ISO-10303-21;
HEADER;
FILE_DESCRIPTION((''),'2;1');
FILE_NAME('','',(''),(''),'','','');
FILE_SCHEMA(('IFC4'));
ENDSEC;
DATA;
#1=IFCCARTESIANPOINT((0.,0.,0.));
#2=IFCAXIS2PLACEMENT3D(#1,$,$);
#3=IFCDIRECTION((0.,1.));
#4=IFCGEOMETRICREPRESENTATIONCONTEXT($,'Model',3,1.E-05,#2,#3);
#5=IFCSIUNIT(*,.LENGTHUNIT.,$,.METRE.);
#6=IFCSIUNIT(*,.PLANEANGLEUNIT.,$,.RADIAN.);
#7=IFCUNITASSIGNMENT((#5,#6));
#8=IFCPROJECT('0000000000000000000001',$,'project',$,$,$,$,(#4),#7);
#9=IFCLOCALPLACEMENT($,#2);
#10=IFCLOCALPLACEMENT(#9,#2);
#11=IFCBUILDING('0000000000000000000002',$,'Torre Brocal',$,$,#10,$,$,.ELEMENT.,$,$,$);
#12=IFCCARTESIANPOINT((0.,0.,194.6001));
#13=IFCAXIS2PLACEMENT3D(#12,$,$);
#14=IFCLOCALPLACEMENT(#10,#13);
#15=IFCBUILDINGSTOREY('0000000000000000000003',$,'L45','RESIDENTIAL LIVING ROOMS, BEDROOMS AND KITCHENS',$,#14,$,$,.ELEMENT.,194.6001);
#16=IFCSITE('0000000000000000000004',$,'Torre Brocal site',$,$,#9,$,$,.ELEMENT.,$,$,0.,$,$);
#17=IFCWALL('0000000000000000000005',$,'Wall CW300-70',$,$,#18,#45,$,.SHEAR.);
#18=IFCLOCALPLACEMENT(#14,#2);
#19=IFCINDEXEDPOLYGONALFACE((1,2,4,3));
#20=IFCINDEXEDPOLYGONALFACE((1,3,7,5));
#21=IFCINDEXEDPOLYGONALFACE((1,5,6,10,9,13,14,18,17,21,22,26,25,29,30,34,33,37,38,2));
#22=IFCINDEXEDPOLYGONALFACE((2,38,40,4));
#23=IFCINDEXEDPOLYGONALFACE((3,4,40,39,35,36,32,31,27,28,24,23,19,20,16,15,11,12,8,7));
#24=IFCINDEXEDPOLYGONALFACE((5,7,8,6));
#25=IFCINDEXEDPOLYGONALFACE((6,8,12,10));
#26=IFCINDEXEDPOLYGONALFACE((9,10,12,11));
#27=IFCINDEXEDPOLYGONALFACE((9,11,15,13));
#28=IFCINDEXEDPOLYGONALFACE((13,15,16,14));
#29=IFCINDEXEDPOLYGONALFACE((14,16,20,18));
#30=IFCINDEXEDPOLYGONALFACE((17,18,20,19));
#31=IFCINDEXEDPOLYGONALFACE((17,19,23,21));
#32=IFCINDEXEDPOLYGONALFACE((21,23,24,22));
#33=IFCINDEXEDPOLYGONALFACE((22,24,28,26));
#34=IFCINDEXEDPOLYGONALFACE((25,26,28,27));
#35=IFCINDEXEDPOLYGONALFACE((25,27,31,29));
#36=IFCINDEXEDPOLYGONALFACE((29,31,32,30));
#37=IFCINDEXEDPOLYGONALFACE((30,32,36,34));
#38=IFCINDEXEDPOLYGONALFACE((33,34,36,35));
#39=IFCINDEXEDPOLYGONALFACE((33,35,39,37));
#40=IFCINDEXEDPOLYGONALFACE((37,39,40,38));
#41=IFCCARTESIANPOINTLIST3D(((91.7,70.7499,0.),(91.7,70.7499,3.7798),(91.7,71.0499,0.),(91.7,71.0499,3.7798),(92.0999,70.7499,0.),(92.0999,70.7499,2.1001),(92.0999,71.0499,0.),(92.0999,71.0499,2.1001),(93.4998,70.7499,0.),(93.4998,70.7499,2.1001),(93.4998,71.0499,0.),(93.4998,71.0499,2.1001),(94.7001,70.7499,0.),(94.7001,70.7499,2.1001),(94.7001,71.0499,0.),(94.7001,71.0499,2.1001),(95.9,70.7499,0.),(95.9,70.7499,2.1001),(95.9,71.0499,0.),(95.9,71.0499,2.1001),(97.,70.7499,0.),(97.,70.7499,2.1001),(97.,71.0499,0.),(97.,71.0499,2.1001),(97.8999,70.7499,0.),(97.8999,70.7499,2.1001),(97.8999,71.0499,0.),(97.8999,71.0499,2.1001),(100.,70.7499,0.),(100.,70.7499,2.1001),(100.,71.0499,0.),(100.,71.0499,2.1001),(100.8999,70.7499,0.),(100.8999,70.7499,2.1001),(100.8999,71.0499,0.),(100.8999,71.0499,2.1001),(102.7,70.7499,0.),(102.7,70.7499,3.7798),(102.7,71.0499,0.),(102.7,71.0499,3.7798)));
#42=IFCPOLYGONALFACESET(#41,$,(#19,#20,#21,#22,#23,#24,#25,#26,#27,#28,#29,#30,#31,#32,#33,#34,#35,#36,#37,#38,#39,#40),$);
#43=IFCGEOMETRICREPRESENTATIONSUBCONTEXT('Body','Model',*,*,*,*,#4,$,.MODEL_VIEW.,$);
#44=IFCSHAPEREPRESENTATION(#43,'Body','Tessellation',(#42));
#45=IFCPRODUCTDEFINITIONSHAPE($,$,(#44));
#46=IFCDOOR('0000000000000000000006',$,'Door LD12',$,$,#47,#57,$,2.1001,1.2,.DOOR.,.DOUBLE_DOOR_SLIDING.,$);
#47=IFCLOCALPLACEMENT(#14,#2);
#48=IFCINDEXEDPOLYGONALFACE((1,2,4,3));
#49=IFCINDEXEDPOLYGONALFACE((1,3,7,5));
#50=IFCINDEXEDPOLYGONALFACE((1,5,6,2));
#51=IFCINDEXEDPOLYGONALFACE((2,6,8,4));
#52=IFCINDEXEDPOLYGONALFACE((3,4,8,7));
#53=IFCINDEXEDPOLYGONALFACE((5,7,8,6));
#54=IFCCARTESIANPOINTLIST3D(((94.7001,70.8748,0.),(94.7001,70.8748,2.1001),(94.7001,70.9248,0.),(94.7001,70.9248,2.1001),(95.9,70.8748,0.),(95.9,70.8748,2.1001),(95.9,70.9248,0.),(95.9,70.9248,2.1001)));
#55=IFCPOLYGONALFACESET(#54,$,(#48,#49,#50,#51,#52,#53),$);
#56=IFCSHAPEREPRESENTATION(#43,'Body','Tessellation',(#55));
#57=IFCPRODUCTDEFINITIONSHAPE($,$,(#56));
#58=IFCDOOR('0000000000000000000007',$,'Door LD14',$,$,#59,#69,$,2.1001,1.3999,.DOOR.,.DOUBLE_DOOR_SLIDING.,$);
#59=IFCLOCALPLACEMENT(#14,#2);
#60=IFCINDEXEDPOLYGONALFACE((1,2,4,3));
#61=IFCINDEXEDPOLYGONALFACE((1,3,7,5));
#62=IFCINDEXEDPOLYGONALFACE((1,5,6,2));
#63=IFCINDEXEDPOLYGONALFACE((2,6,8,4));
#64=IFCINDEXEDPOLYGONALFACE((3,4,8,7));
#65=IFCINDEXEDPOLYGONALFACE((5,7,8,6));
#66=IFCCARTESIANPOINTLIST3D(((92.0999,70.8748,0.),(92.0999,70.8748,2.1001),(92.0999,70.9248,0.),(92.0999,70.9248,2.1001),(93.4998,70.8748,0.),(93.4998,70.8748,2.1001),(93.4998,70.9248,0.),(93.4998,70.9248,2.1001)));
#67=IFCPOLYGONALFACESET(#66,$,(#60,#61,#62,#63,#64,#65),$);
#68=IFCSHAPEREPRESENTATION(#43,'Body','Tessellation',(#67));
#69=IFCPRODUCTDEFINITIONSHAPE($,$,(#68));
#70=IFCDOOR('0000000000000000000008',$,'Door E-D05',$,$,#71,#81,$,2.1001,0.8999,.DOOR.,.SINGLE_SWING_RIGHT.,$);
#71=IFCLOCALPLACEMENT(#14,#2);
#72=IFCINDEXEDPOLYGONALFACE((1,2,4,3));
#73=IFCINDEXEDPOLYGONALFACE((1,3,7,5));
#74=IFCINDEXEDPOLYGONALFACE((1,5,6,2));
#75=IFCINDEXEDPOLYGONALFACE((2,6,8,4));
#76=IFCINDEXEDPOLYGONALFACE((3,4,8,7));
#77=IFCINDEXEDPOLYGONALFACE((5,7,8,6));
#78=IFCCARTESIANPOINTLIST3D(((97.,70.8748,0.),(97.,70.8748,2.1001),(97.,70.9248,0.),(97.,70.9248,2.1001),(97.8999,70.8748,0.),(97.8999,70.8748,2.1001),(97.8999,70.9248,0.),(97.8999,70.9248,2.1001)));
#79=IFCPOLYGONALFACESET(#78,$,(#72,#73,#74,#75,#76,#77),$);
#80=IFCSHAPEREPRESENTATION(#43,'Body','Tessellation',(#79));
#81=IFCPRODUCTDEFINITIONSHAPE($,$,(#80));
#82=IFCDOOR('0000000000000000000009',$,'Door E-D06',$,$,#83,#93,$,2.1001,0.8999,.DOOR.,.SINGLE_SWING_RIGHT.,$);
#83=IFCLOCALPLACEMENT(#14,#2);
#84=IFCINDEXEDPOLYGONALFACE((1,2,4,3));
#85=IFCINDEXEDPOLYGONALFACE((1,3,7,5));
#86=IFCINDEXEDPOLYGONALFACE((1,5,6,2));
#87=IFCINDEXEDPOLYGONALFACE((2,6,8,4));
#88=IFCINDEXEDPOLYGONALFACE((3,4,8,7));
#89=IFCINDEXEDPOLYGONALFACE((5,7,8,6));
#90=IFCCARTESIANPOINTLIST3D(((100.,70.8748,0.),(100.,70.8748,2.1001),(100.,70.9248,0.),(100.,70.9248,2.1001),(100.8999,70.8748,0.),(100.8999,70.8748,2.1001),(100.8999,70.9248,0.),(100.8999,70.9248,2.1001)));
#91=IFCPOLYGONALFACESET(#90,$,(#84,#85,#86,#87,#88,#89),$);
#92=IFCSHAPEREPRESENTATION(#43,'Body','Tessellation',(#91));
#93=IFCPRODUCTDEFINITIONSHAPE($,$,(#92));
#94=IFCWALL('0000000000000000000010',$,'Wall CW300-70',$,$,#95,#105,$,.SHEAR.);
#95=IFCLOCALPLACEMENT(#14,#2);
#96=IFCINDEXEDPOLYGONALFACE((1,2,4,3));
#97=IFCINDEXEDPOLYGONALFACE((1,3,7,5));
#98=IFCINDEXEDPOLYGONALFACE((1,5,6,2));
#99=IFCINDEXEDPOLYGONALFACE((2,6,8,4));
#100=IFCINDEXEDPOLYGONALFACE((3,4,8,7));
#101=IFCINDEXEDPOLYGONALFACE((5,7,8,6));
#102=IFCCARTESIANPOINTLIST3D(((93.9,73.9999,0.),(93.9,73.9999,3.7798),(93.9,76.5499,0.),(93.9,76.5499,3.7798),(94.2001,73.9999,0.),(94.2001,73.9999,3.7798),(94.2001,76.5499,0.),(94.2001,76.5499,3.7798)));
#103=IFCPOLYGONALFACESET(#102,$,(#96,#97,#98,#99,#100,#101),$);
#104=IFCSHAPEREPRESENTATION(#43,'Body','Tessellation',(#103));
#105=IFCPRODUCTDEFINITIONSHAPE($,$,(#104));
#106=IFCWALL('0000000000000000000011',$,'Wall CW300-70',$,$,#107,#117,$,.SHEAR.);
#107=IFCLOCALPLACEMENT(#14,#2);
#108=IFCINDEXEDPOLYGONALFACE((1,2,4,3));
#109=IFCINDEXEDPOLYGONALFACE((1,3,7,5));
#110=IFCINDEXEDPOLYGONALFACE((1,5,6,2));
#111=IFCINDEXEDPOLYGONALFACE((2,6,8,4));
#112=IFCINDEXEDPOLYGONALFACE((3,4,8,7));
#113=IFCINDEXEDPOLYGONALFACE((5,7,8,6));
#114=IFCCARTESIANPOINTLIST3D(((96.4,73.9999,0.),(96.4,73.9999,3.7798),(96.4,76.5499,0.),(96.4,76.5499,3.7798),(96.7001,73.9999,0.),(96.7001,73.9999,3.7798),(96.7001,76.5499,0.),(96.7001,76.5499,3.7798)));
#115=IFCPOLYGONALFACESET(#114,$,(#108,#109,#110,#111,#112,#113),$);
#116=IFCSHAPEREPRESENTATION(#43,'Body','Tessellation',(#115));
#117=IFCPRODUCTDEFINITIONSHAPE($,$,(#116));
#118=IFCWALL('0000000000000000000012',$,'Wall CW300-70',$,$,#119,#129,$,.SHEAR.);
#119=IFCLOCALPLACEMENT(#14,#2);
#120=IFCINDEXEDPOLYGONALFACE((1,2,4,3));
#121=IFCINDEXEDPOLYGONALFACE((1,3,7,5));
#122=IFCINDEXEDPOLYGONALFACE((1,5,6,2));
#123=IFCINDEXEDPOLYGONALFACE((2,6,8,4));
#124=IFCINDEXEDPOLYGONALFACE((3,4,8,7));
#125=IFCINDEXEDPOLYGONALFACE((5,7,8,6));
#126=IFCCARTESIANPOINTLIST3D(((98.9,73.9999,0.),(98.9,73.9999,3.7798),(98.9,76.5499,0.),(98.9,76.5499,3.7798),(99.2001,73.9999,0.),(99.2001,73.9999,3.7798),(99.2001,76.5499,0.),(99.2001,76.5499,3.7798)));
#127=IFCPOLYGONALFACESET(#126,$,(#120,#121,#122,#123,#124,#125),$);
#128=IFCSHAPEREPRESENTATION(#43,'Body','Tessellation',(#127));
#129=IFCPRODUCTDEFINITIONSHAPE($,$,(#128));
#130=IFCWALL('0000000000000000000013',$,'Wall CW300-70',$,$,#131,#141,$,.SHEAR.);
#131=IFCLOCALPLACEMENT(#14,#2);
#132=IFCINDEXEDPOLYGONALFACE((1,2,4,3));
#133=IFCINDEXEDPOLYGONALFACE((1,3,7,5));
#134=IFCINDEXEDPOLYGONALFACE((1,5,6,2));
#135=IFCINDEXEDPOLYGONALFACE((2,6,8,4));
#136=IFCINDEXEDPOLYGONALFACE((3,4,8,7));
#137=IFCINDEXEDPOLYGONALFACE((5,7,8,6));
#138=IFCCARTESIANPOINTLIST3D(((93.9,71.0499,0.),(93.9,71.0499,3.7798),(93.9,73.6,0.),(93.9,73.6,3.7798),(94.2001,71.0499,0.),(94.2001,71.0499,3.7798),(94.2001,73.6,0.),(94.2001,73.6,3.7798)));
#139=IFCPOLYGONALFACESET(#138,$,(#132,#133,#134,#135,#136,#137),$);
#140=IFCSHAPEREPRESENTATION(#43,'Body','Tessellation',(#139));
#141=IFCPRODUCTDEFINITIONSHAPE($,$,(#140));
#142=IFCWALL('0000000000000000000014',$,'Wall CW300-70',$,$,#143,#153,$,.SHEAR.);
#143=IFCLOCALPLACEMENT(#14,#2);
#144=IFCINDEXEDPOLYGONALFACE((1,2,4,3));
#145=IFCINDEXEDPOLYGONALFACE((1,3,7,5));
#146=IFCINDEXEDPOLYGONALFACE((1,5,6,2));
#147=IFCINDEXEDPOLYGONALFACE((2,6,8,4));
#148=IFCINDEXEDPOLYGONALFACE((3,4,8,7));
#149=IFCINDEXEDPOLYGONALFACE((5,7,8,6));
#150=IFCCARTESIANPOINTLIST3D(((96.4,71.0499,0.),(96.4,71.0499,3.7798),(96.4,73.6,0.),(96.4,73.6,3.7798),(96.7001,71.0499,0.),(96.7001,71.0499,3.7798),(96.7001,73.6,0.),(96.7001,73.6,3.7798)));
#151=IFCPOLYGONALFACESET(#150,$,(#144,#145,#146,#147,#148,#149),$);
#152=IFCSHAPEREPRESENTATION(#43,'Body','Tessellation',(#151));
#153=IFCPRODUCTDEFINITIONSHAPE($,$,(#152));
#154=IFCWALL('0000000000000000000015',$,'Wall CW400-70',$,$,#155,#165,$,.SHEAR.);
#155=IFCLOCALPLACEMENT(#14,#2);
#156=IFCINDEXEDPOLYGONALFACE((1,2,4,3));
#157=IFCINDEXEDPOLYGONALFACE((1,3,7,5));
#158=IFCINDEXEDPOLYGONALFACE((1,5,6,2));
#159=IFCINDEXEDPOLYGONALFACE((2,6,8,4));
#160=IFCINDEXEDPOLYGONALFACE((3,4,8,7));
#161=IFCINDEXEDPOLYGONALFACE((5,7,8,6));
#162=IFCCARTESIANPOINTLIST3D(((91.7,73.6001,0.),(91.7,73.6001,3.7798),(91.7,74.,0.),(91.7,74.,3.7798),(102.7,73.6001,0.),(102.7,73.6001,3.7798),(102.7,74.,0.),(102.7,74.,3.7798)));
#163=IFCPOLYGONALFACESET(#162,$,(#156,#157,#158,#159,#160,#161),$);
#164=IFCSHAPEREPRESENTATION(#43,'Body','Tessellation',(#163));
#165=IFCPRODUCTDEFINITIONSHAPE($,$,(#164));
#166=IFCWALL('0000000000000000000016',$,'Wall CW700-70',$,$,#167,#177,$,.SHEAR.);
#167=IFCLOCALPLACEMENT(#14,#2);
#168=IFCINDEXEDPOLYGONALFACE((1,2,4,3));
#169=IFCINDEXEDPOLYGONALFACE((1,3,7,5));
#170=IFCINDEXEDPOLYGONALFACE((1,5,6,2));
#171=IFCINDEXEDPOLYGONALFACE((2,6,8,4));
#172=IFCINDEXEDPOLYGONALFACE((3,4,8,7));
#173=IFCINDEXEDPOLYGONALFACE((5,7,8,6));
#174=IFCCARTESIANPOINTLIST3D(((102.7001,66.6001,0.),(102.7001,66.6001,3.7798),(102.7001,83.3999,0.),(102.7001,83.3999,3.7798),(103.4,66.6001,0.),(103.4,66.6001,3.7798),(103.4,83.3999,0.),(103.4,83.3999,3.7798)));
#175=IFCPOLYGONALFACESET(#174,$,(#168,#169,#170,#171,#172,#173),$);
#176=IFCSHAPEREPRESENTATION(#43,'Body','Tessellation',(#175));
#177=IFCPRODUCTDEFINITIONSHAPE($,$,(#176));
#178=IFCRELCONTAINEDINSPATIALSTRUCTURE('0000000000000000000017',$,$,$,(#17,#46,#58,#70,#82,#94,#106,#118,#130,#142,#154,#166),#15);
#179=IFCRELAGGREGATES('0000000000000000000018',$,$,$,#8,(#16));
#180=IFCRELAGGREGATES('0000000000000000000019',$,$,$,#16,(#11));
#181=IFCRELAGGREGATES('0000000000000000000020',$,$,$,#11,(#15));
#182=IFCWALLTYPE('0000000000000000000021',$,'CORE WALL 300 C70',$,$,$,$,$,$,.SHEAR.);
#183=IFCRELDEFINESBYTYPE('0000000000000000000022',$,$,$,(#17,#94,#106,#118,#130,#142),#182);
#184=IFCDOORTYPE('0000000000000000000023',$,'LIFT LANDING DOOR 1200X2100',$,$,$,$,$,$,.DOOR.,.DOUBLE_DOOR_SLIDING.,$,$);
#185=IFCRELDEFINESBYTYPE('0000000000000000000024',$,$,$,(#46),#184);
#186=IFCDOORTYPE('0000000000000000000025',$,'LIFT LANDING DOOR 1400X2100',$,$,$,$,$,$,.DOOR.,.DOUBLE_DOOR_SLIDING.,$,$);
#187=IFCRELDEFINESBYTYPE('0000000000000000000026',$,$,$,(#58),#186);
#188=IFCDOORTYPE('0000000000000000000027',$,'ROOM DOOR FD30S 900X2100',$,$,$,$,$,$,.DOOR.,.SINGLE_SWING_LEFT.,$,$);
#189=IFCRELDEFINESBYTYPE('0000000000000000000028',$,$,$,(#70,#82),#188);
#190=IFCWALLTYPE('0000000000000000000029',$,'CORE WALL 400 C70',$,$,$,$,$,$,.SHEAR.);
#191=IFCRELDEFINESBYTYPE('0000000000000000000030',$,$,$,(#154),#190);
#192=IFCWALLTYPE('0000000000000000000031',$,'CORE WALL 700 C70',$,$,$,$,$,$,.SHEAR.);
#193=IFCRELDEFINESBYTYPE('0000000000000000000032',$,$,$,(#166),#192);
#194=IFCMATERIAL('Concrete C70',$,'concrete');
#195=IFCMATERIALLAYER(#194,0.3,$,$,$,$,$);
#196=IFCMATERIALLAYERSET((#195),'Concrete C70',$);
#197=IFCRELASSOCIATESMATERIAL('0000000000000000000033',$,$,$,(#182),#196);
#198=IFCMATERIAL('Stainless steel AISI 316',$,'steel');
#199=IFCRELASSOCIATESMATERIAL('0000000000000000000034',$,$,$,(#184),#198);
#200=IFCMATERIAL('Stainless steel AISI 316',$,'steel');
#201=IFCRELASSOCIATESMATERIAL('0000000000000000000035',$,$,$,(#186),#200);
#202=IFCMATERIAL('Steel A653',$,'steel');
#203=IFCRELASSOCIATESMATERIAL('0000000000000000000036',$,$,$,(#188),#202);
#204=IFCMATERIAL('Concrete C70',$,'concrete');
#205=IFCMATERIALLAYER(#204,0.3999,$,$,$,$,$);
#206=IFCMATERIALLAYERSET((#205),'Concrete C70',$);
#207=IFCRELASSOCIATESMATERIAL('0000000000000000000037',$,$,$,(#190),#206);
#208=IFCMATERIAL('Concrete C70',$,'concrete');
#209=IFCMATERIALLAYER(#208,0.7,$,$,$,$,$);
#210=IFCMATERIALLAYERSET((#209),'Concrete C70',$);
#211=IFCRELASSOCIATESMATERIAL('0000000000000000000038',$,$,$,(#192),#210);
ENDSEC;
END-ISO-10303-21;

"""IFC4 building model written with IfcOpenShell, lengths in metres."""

from ifc_helpers import new_model, si_unit, direction, frame, frame_2d, origin, place, context, subcontext, project, spatial, rectangle, extrude, material, layer, layer_set, type_object, element, fill, save


model = new_model("IFC4")

# Units and contexts
model_context = context("Model", 3, precision=1e-05, world=origin(), true_north=direction((0.0, 1.0)))
body_context = subcontext(model_context, "Body", "Model", "MODEL_VIEW")
ifc_project = project(units=[si_unit("LENGTHUNIT", "METRE"), si_unit("PLANEANGLEUNIT", "RADIAN")], contexts=[model_context])

# Site, building, storey
site_placement = place(None, origin())
site = spatial("IfcSite", under=ifc_project, at=site_placement, Name="Torre Brocal site", CompositionType="ELEMENT", RefElevation=0.0)
building_placement = place(site_placement, origin())
building = spatial("IfcBuilding", under=site, at=building_placement, Name="Torre Brocal", CompositionType="ELEMENT")
storey_placement = place(building_placement, frame((0.0, 0.0, 194.6001)))
storey = spatial("IfcBuildingStorey", under=building, at=storey_placement, Name="L45", Description="RESIDENTIAL LIVING ROOMS, BEDROOMS AND KITCHENS", CompositionType="ELEMENT", Elevation=194.6001)

# Shared definitions
ifc_material_1 = material(Name="Concrete C70", Category="concrete")
ifc_layer_1 = layer(ifc_material_1, 0.3)
ifc_layer_set_1 = layer_set([ifc_layer_1], Name="Concrete C70")
wall_type_1 = type_object("IfcWallType", Name="CORE WALL 300 C70", PredefinedType="SHEAR", material=ifc_layer_set_1)

# Wall, openings, doors
wall_1_placement = place(storey_placement, frame((91.7, 70.8999, 0.0), z_axis=(0.0, 0.0, 1.0), x_axis=(1.0, 0.0, 0.0)))
wall_1 = element("IfcWall", 1, at=wall_1_placement, inside=storey, type_object=wall_type_1, Name="Wall CW300-70", PredefinedType="SHEAR", context=body_context, shape_type="SweptSolid", body=[
    extrude(rectangle(XDim=11.0, YDim=0.3, at=frame_2d((5.5, 0.0))), origin(), (0.0, 0.0, 1.0), 3.7798),
])
opening_1_placement = place(wall_1_placement, frame((0.3999, 0.0, 0.0)))
opening_1 = element("IfcOpeningElement", 2, at=opening_1_placement, cuts=wall_1, PredefinedType="OPENING", context=body_context, shape_type="SweptSolid", body=[
    extrude(rectangle(XDim=1.3999, YDim=2.1001, at=frame_2d((0.7, 1.05))), frame((0.0, 0.1599, 0.0), z_axis=(0.0, -1.0, 0.0), x_axis=(1.0, 0.0, 0.0)), (0.0, 0.0, 1.0), 0.3201),
])
opening_2_placement = place(wall_1_placement, frame((3.0, 0.0, 0.0)))
opening_2 = element("IfcOpeningElement", 3, at=opening_2_placement, cuts=wall_1, PredefinedType="OPENING", context=body_context, shape_type="SweptSolid", body=[
    extrude(rectangle(XDim=1.2, YDim=2.1001, at=frame_2d((0.6001, 1.05))), frame((0.0, 0.1599, 0.0), z_axis=(0.0, -1.0, 0.0), x_axis=(1.0, 0.0, 0.0)), (0.0, 0.0, 1.0), 0.3201),
])
opening_3_placement = place(wall_1_placement, frame((5.3, 0.0, 0.0)))
opening_3 = element("IfcOpeningElement", 4, at=opening_3_placement, cuts=wall_1, PredefinedType="OPENING", context=body_context, shape_type="SweptSolid", body=[
    extrude(rectangle(XDim=0.8999, YDim=2.1001, at=frame_2d((0.45, 1.05))), frame((0.0, 0.1599, 0.0), z_axis=(0.0, -1.0, 0.0), x_axis=(1.0, 0.0, 0.0)), (0.0, 0.0, 1.0), 0.3201),
])
opening_4_placement = place(wall_1_placement, frame((8.3, 0.0, 0.0)))
opening_4 = element("IfcOpeningElement", 5, at=opening_4_placement, cuts=wall_1, PredefinedType="OPENING", context=body_context, shape_type="SweptSolid", body=[
    extrude(rectangle(XDim=0.8999, YDim=2.1001, at=frame_2d((0.45, 1.05))), frame((0.0, 0.1599, 0.0), z_axis=(0.0, -1.0, 0.0), x_axis=(1.0, 0.0, 0.0)), (0.0, 0.0, 1.0), 0.3201),
])
ifc_material_2 = material(Name="Stainless steel AISI 316", Category="steel")
door_type_1 = type_object("IfcDoorType", Name="LIFT LANDING DOOR 1200X2100", OperationType="DOUBLE_DOOR_SLIDING", PredefinedType="DOOR", material=ifc_material_2)
door_1_placement = place(opening_2_placement, origin())
door_1 = element("IfcDoor", 6, at=door_1_placement, inside=storey, type_object=door_type_1, Name="Door LD12", OperationType="DOUBLE_DOOR_SLIDING", OverallHeight=2.1001, OverallWidth=1.2, PredefinedType="DOOR", context=body_context, shape_type="SweptSolid", body=[
    extrude(rectangle(XDim=1.2, YDim=2.1001, at=frame_2d((0.6001, 1.05))), frame((0.0, 0.0249, 0.0), z_axis=(0.0, -1.0, 0.0), x_axis=(1.0, 0.0, 0.0)), (0.0, 0.0, 1.0), 0.05),
])
fill(opening_2, door_1)
ifc_material_3 = material(Name="Stainless steel AISI 316", Category="steel")
door_type_2 = type_object("IfcDoorType", Name="LIFT LANDING DOOR 1400X2100", OperationType="DOUBLE_DOOR_SLIDING", PredefinedType="DOOR", material=ifc_material_3)
door_2_placement = place(opening_1_placement, origin())
door_2 = element("IfcDoor", 7, at=door_2_placement, inside=storey, type_object=door_type_2, Name="Door LD14", OperationType="DOUBLE_DOOR_SLIDING", OverallHeight=2.1001, OverallWidth=1.3999, PredefinedType="DOOR", context=body_context, shape_type="SweptSolid", body=[
    extrude(rectangle(XDim=1.3999, YDim=2.1001, at=frame_2d((0.7, 1.05))), frame((0.0, 0.0249, 0.0), z_axis=(0.0, -1.0, 0.0), x_axis=(1.0, 0.0, 0.0)), (0.0, 0.0, 1.0), 0.05),
])
fill(opening_1, door_2)
ifc_material_4 = material(Name="Steel A653", Category="steel")
door_type_3 = type_object("IfcDoorType", Name="ROOM DOOR FD30S 900X2100", OperationType="SINGLE_SWING_LEFT", PredefinedType="DOOR", material=ifc_material_4)
door_3_placement = place(opening_3_placement, origin())
door_3 = element("IfcDoor", 8, at=door_3_placement, inside=storey, type_object=door_type_3, Name="Door E-D05", OperationType="SINGLE_SWING_RIGHT", OverallHeight=2.1001, OverallWidth=0.8999, PredefinedType="DOOR", context=body_context, shape_type="SweptSolid", body=[
    extrude(rectangle(XDim=0.8999, YDim=2.1001, at=frame_2d((0.45, 1.05))), frame((0.0, 0.0249, 0.0), z_axis=(0.0, -1.0, 0.0), x_axis=(1.0, 0.0, 0.0)), (0.0, 0.0, 1.0), 0.05),
])
fill(opening_3, door_3)
door_4_placement = place(opening_4_placement, origin())
door_4 = element("IfcDoor", 9, at=door_4_placement, inside=storey, type_object=door_type_3, Name="Door E-D06", OperationType="SINGLE_SWING_RIGHT", OverallHeight=2.1001, OverallWidth=0.8999, PredefinedType="DOOR", context=body_context, shape_type="SweptSolid", body=[
    extrude(rectangle(XDim=0.8999, YDim=2.1001, at=frame_2d((0.45, 1.05))), frame((0.0, 0.0249, 0.0), z_axis=(0.0, -1.0, 0.0), x_axis=(1.0, 0.0, 0.0)), (0.0, 0.0, 1.0), 0.05),
])
fill(opening_4, door_4)

# Walls
for number, where, z_axis, x_axis, name in (
    (10, (94.05, 74.0, 0.0), (0.0, 0.0, 1.0), (0.0, 1.0, 0.0), "Wall CW300-70"),
    (11, (96.55, 74.0, 0.0), (0.0, 0.0, 1.0), (0.0, 1.0, 0.0), "Wall CW300-70"),
    (12, (99.05, 74.0, 0.0), (0.0, 0.0, 1.0), (0.0, 1.0, 0.0), "Wall CW300-70"),
    (13, (94.05, 71.05, 0.0), (0.0, 0.0, 1.0), (0.0, 1.0, 0.0), "Wall CW300-70"),
    (14, (96.55, 71.05, 0.0), (0.0, 0.0, 1.0), (0.0, 1.0, 0.0), "Wall CW300-70"),
):
    element("IfcWall", number, at=place(storey_placement, frame(where, z_axis=z_axis, x_axis=x_axis)), inside=storey, type_object=wall_type_1, Name=name, PredefinedType="SHEAR", context=body_context, shape_type="SweptSolid", body=[
        extrude(rectangle(XDim=2.55, YDim=0.3, at=frame_2d((1.2749, 0.0))), origin(), (0.0, 0.0, 1.0), 3.7798),
    ])
ifc_material_5 = material(Name="Concrete C70", Category="concrete")
ifc_layer_2 = layer(ifc_material_5, 0.3999)
ifc_layer_set_2 = layer_set([ifc_layer_2], Name="Concrete C70")
wall_type_2 = type_object("IfcWallType", Name="CORE WALL 400 C70", PredefinedType="SHEAR", material=ifc_layer_set_2)
wall_2_placement = place(storey_placement, frame((91.7, 73.8, 0.0), z_axis=(0.0, 0.0, 1.0), x_axis=(1.0, 0.0, 0.0)))
element("IfcWall", 15, at=wall_2_placement, inside=storey, type_object=wall_type_2, Name="Wall CW400-70", PredefinedType="SHEAR", context=body_context, shape_type="SweptSolid", body=[
    extrude(rectangle(XDim=11.0, YDim=0.3999, at=frame_2d((5.5, 0.0))), origin(), (0.0, 0.0, 1.0), 3.7798),
])
ifc_material_6 = material(Name="Concrete C70", Category="concrete")
ifc_layer_3 = layer(ifc_material_6, 0.7)
ifc_layer_set_3 = layer_set([ifc_layer_3], Name="Concrete C70")
wall_type_3 = type_object("IfcWallType", Name="CORE WALL 700 C70", PredefinedType="SHEAR", material=ifc_layer_set_3)
wall_3_placement = place(storey_placement, frame((103.05, 66.6001, 0.0), z_axis=(0.0, 0.0, 1.0), x_axis=(0.0, 1.0, 0.0)))
element("IfcWall", 16, at=wall_3_placement, inside=storey, type_object=wall_type_3, Name="Wall CW700-70", PredefinedType="SHEAR", context=body_context, shape_type="SweptSolid", body=[
    extrude(rectangle(XDim=16.7998, YDim=0.7, at=frame_2d((8.3999, 0.0))), origin(), (0.0, 0.0, 1.0), 3.7798),
])

save(model, "model.ifc")
